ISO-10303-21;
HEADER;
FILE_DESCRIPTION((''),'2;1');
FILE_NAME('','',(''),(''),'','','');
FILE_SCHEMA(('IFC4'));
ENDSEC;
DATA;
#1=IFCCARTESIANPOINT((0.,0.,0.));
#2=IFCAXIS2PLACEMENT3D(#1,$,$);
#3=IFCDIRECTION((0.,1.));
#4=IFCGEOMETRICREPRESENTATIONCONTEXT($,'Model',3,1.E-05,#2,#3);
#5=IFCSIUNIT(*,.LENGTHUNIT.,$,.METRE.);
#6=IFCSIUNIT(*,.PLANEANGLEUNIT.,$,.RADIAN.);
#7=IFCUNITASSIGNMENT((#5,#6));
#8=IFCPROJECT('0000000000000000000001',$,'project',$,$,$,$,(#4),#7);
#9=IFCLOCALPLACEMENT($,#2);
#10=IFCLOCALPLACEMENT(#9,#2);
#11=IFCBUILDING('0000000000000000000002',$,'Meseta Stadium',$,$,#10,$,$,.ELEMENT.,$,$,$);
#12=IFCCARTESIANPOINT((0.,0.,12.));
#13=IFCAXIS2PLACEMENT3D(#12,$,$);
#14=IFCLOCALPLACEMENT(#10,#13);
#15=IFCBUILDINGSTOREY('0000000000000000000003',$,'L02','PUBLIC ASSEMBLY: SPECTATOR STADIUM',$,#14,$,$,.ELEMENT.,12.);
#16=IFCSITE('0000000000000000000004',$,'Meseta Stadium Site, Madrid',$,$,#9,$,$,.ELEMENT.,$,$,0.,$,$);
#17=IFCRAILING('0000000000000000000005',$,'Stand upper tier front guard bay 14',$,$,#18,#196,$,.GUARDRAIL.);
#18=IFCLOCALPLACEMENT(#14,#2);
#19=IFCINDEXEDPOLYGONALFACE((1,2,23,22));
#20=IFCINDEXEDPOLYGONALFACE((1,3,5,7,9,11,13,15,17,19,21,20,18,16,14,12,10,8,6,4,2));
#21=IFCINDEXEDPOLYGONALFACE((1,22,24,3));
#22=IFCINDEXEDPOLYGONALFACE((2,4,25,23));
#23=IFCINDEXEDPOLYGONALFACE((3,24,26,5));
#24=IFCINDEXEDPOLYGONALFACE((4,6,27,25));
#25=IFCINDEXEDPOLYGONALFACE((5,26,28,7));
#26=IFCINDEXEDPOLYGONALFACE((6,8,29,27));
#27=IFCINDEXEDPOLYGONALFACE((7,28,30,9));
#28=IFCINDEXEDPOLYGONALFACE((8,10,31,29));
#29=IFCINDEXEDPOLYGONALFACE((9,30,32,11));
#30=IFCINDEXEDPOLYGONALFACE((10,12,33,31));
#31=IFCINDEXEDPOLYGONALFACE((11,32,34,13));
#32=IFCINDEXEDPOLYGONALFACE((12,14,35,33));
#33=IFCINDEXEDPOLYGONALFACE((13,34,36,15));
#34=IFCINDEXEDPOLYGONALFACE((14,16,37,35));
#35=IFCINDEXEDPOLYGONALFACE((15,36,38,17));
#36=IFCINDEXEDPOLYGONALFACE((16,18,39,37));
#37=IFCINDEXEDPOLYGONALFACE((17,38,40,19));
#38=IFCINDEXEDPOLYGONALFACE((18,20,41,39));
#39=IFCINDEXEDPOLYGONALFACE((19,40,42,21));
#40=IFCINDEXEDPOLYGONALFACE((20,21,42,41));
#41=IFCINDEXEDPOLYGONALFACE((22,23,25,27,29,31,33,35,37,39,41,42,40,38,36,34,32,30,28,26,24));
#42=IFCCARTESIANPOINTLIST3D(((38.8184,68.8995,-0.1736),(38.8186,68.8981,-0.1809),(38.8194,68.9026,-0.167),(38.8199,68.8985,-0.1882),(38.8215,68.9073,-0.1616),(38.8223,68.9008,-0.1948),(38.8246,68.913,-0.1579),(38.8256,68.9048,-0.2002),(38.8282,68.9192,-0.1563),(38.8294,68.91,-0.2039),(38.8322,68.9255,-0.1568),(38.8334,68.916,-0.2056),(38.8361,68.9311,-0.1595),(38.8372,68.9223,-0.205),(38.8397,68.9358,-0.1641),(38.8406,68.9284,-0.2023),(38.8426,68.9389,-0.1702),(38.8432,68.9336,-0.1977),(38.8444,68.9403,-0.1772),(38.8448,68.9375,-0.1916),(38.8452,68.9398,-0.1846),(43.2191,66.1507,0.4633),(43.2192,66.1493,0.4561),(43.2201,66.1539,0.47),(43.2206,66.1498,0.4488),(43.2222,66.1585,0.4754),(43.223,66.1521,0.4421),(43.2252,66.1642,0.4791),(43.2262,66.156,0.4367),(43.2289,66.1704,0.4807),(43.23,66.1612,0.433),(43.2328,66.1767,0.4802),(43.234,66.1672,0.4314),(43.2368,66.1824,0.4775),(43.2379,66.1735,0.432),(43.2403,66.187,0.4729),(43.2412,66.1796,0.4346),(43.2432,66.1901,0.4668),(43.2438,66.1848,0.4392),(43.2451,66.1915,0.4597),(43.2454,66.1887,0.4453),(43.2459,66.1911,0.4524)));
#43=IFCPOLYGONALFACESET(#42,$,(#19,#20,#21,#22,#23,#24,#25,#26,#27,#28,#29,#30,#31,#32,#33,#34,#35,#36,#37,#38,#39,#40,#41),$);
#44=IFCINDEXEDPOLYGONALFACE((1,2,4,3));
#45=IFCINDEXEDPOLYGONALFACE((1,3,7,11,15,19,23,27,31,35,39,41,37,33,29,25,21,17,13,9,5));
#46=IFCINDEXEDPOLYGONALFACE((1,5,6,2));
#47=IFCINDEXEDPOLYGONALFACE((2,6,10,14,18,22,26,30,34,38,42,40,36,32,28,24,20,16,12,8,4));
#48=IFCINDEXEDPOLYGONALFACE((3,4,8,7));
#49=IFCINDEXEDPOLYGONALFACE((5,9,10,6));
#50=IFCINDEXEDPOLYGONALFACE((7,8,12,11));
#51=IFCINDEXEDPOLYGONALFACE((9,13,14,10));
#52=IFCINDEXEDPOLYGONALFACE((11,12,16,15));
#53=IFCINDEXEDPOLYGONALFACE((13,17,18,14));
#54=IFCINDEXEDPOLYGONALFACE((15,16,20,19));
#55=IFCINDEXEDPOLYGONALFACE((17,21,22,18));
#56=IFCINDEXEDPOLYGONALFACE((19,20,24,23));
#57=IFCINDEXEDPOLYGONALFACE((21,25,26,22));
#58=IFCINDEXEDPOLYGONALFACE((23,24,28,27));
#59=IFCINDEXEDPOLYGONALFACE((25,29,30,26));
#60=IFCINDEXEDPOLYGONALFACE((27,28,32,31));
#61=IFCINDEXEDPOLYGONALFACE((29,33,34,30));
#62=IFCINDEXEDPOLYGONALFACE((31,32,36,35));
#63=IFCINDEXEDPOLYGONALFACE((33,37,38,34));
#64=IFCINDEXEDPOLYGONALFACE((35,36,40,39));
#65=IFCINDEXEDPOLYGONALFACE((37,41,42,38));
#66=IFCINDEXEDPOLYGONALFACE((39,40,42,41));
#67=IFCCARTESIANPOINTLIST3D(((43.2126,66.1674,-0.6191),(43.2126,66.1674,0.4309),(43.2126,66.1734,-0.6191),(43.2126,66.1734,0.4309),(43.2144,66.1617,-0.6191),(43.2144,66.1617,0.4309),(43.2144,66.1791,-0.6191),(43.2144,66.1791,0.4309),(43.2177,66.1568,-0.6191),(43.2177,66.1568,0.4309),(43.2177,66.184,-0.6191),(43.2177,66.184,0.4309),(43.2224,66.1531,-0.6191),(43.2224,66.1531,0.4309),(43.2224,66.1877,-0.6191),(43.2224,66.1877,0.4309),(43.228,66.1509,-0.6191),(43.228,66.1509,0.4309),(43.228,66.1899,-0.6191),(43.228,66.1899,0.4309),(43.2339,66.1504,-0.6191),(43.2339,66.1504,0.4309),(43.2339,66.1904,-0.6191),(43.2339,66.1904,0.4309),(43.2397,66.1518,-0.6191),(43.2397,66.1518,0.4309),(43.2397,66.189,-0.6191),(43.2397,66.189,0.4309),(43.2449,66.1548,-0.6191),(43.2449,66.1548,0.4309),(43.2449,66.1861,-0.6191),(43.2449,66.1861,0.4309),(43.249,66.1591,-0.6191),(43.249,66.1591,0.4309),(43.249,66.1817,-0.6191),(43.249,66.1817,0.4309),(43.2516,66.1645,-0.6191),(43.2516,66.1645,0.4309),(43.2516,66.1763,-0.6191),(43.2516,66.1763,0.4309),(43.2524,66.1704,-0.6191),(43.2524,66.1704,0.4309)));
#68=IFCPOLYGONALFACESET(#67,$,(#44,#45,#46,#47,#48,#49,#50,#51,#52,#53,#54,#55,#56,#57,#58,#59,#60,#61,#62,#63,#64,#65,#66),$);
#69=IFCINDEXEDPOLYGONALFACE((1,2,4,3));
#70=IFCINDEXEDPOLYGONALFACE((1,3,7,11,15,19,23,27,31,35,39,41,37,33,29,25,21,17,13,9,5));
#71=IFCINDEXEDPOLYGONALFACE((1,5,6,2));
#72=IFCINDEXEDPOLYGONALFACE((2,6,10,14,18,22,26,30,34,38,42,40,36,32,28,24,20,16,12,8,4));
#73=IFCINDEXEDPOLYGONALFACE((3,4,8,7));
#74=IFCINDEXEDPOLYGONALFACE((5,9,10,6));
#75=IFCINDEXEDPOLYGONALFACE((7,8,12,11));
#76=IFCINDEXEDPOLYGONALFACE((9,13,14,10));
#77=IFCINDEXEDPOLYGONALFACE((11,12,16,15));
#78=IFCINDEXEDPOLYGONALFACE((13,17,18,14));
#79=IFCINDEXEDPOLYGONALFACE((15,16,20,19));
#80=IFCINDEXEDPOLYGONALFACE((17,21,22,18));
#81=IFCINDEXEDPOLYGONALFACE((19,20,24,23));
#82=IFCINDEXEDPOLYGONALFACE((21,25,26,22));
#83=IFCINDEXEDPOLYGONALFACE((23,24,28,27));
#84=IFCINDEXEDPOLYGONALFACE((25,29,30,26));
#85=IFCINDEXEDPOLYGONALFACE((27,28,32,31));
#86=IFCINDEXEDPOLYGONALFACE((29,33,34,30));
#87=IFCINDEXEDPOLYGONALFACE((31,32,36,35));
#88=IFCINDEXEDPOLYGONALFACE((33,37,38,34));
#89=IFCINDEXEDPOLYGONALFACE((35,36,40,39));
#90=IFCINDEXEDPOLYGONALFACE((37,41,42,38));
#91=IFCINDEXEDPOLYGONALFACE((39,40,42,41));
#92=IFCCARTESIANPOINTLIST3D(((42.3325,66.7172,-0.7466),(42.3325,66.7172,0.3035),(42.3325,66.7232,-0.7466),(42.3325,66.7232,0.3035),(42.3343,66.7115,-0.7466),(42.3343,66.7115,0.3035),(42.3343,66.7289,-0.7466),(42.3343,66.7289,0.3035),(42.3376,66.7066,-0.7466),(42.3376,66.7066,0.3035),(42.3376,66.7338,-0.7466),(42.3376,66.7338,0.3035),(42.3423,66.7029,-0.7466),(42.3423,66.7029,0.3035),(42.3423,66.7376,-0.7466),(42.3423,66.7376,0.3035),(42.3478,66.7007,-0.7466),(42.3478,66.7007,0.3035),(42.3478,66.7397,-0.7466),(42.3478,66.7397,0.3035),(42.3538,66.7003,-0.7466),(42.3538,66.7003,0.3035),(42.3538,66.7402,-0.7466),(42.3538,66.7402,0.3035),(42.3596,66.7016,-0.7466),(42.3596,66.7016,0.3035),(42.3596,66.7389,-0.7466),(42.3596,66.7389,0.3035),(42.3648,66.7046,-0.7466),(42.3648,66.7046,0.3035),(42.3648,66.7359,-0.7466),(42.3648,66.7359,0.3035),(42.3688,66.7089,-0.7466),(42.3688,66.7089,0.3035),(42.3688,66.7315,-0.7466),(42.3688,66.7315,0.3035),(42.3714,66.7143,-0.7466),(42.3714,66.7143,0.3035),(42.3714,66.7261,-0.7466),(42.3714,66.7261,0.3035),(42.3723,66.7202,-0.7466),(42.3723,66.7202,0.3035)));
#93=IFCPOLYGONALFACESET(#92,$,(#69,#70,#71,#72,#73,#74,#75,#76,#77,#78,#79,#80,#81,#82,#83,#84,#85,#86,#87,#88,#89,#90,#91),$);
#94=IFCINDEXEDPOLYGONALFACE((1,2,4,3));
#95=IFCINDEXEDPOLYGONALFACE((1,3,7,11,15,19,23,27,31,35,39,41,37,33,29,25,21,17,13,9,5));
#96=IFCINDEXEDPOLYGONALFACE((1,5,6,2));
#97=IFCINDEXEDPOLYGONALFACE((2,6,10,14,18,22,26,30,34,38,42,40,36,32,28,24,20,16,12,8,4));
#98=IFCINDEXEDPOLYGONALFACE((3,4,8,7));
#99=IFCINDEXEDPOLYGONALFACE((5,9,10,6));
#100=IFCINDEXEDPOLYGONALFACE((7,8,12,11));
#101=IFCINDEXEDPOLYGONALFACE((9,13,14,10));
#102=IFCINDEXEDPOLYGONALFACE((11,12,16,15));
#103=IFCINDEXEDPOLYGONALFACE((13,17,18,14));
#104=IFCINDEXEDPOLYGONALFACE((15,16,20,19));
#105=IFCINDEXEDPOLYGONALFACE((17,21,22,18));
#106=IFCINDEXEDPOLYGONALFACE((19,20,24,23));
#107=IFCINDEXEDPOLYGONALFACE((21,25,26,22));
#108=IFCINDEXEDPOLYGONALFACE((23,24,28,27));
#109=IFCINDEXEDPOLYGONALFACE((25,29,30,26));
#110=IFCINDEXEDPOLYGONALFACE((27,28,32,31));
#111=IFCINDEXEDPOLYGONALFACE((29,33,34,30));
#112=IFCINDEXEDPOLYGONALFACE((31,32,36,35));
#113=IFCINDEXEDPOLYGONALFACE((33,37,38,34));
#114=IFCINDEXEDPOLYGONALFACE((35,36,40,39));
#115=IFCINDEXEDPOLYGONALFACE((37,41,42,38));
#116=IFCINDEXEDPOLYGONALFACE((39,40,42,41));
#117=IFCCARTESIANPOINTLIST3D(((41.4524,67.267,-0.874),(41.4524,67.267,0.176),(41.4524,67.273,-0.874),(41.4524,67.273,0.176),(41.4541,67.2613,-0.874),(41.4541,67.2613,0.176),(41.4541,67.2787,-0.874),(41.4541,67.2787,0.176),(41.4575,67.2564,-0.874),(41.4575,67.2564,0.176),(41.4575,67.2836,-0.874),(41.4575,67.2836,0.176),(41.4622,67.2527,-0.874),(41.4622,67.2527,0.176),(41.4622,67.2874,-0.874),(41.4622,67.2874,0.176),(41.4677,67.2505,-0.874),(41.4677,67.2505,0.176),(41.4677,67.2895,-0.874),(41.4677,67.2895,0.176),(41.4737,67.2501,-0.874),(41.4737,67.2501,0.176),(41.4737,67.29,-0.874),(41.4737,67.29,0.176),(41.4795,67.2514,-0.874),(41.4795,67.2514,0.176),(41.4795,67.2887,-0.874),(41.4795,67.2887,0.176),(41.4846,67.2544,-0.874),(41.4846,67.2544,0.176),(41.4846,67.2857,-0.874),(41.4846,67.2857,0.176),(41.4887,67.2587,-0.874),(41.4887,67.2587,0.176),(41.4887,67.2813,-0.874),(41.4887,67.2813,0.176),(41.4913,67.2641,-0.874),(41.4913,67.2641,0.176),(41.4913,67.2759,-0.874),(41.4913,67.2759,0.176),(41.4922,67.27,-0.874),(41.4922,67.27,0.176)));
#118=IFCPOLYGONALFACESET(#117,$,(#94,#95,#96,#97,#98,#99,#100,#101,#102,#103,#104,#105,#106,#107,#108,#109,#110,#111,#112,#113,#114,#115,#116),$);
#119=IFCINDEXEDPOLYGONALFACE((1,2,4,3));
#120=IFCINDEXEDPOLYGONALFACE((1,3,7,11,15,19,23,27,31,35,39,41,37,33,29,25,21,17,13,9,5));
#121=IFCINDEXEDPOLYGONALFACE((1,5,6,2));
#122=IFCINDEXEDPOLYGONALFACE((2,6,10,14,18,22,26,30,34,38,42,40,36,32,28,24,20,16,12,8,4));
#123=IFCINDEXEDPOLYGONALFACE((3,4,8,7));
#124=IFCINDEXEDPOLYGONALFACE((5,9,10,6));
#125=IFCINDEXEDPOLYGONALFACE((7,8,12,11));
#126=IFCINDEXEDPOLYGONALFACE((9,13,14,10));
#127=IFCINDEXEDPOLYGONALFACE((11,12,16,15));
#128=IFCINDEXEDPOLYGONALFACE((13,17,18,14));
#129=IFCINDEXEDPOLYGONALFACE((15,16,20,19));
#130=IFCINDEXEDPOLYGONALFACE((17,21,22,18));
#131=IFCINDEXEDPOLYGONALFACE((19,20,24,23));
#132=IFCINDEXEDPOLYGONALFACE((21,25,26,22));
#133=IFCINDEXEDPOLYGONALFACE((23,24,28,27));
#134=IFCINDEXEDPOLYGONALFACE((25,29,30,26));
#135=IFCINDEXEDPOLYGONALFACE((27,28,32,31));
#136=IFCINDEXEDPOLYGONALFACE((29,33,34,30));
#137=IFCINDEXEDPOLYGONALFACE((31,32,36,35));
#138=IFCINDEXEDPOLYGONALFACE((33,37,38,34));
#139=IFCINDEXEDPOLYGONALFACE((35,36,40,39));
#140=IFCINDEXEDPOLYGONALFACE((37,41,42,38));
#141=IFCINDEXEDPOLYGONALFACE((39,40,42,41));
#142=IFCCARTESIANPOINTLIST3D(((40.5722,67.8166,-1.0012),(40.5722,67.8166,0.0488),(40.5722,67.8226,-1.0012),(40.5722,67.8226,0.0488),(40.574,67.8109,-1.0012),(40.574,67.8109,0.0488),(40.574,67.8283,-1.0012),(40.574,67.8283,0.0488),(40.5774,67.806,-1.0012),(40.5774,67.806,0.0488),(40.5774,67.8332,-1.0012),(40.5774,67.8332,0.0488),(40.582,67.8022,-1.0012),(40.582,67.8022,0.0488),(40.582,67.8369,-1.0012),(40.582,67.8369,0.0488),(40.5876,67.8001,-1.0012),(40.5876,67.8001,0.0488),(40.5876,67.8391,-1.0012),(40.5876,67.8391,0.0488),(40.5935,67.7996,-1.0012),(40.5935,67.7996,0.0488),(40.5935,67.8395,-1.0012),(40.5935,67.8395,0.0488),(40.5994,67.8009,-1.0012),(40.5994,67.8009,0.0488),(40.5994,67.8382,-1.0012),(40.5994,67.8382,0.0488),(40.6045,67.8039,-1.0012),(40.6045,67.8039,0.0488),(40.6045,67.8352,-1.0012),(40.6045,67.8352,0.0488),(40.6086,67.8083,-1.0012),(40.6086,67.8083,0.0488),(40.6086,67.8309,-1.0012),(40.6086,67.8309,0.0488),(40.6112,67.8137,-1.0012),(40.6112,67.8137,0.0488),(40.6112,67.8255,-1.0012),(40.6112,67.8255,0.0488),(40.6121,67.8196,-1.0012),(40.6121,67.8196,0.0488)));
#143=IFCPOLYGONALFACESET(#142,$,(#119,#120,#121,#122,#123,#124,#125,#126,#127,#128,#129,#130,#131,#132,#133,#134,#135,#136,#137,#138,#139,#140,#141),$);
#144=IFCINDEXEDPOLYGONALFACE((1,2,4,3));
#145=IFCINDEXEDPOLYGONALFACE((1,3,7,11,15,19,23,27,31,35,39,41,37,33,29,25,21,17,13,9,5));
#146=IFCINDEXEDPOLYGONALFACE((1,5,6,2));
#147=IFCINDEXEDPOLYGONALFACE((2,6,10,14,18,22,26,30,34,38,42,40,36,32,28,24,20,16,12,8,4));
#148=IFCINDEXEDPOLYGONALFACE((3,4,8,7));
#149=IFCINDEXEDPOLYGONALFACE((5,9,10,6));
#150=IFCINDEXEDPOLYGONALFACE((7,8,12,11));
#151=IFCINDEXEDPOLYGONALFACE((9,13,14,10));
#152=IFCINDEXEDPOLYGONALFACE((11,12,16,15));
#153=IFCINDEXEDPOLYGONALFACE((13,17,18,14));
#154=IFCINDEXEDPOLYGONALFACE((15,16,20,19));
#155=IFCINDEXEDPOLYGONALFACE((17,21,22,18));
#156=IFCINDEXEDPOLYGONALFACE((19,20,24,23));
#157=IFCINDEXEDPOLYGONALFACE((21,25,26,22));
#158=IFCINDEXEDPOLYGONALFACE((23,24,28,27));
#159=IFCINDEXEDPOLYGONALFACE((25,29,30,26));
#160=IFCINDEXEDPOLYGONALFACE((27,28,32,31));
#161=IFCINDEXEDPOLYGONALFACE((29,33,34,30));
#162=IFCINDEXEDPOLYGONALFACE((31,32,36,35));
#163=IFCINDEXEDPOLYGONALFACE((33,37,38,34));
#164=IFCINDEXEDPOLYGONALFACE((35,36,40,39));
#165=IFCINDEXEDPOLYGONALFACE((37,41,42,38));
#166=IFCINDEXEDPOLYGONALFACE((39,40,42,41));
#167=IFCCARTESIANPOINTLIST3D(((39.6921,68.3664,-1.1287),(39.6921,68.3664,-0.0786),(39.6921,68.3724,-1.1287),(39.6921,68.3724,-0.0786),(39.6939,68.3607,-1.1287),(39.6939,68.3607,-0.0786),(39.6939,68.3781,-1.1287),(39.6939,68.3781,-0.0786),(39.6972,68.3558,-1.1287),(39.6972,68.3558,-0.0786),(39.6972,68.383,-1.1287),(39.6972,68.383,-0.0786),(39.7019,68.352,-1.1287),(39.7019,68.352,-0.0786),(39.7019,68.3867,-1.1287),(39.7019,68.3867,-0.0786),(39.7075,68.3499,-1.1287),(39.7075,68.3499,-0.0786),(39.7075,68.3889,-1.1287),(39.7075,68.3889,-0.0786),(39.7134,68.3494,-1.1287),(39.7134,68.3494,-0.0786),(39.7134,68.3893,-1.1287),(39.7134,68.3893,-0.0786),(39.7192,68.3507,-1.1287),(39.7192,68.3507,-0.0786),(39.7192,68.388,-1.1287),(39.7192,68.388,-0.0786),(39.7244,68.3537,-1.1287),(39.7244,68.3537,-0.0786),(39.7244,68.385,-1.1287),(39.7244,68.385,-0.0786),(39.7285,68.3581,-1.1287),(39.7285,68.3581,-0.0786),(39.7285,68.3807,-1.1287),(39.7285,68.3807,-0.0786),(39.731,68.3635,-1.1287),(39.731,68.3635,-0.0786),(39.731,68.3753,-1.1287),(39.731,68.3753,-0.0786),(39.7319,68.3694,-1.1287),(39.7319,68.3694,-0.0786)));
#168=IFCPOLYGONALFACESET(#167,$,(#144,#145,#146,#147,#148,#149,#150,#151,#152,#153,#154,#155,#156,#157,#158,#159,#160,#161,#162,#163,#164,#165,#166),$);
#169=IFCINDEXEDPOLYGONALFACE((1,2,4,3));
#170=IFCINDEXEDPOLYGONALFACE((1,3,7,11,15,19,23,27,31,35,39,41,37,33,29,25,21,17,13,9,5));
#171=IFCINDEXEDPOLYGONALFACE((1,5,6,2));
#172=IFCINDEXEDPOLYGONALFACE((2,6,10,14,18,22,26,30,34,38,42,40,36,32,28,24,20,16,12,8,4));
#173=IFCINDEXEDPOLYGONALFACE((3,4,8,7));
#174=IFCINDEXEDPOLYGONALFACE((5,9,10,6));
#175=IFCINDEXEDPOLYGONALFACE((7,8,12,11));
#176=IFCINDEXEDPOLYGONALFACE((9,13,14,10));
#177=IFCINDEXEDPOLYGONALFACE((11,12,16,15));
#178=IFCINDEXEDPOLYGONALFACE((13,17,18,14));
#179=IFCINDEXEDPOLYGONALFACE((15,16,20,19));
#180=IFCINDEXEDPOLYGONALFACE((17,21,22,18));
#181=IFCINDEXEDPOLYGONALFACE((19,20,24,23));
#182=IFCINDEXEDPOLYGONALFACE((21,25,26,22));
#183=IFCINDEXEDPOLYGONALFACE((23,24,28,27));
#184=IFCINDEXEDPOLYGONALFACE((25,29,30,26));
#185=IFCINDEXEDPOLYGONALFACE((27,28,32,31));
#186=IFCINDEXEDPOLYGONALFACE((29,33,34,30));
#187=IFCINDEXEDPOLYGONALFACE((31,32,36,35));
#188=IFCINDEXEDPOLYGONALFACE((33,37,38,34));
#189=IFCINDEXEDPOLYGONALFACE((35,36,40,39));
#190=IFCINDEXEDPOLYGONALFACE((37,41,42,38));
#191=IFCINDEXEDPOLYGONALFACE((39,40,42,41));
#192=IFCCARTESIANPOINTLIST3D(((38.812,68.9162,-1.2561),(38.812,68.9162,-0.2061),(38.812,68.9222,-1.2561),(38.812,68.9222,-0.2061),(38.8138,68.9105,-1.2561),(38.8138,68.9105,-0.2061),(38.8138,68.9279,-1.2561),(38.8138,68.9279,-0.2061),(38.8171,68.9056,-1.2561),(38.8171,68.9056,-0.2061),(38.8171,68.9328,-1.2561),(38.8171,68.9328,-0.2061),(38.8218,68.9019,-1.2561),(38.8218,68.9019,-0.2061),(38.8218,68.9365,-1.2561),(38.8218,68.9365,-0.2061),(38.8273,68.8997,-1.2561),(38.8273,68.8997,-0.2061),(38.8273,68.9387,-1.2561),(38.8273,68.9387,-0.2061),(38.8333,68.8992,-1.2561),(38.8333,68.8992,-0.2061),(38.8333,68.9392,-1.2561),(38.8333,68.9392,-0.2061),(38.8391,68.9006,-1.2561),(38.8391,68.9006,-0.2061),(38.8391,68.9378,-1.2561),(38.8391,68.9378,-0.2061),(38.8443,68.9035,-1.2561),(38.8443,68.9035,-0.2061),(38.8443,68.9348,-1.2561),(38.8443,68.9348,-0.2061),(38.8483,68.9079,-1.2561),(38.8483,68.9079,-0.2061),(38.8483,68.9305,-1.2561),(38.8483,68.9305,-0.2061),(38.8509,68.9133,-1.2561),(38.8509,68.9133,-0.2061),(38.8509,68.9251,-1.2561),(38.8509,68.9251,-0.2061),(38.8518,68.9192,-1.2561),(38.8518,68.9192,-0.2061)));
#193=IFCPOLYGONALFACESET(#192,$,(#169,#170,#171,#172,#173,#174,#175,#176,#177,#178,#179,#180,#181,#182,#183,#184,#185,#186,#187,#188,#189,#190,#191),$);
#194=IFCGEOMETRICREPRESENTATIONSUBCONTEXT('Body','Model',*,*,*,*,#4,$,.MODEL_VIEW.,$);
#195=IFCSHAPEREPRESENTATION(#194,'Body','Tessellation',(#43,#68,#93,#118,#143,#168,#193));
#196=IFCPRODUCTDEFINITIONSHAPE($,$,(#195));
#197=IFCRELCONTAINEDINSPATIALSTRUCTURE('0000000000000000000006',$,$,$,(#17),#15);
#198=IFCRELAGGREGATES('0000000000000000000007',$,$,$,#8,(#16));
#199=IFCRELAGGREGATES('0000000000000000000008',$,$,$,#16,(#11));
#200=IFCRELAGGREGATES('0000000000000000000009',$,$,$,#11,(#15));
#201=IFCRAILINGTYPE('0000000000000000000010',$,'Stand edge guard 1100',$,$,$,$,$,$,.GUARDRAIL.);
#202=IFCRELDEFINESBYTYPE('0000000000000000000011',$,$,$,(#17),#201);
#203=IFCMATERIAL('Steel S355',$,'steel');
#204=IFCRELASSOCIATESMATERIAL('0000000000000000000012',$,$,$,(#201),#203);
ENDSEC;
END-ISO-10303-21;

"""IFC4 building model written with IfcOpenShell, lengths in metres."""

from ifc_helpers import new_model, si_unit, direction, frame, origin, origin_2d, place, context, subcontext, project, spatial, circle, extrude, material, type_object, element, save


model = new_model("IFC4")

# Units and contexts
model_context = context("Model", 3, precision=1e-05, world=origin(), true_north=direction((0.0, 1.0)))
body_context = subcontext(model_context, "Body", "Model", "MODEL_VIEW")
ifc_project = project(units=[si_unit("LENGTHUNIT", "METRE"), si_unit("PLANEANGLEUNIT", "RADIAN")], contexts=[model_context])

# Site, building, storey
site_placement = place(None, origin())
site = spatial("IfcSite", under=ifc_project, at=site_placement, Name="Meseta Stadium Site, Madrid", CompositionType="ELEMENT", RefElevation=0.0)
building_placement = place(site_placement, origin())
building = spatial("IfcBuilding", under=site, at=building_placement, Name="Meseta Stadium", CompositionType="ELEMENT")
storey_placement = place(building_placement, frame((0.0, 0.0, 12.0)))
storey = spatial("IfcBuildingStorey", under=building, at=storey_placement, Name="L02", Description="PUBLIC ASSEMBLY: SPECTATOR STADIUM", CompositionType="ELEMENT", Elevation=12.0)

# Railing
ifc_material_1 = material(Name="Steel S355", Category="steel")
railing_type = type_object("IfcRailingType", Name="Stand edge guard 1100", PredefinedType="GUARDRAIL", material=ifc_material_1)
railing_1_placement = place(storey_placement, frame((43.2324, 66.1704, -0.6191)))
element("IfcRailing", 1, at=railing_1_placement, inside=storey, type_object=railing_type, Name="Stand upper tier front guard bay 14", PredefinedType="GUARDRAIL", context=body_context, shape_type="SweptSolid", body=[
    extrude(circle(Radius=0.0249, at=origin_2d()), frame((0.0, 0.0, 1.0752), z_axis=(-0.841819, 0.525827, -0.121848), x_axis=(-0.529775, -0.848138, 0.0)), (0.0, 0.0, 1.0), 5.2275),
    extrude(circle(Radius=0.02, at=origin_2d()), origin(), (0.0, 0.0, 1.0), 1.05),
    extrude(circle(Radius=0.02, at=origin_2d()), frame((-0.8801, 0.5498, -0.1274)), (0.0, 0.0, 1.0), 1.05),
    extrude(circle(Radius=0.02, at=origin_2d()), frame((-1.7603, 1.0996, -0.2549)), (0.0, 0.0, 1.0), 1.05),
    extrude(circle(Radius=0.02, at=origin_2d()), frame((-2.6404, 1.6492, -0.3821)), (0.0, 0.0, 1.0), 1.05),
    extrude(circle(Radius=0.02, at=origin_2d()), frame((-3.5205, 2.199, -0.5095)), (0.0, 0.0, 1.0), 1.05),
    extrude(circle(Radius=0.02, at=origin_2d()), frame((-4.4006, 2.7488, -0.637)), (0.0, 0.0, 1.0), 1.05),
])

save(model, "model.ifc")
